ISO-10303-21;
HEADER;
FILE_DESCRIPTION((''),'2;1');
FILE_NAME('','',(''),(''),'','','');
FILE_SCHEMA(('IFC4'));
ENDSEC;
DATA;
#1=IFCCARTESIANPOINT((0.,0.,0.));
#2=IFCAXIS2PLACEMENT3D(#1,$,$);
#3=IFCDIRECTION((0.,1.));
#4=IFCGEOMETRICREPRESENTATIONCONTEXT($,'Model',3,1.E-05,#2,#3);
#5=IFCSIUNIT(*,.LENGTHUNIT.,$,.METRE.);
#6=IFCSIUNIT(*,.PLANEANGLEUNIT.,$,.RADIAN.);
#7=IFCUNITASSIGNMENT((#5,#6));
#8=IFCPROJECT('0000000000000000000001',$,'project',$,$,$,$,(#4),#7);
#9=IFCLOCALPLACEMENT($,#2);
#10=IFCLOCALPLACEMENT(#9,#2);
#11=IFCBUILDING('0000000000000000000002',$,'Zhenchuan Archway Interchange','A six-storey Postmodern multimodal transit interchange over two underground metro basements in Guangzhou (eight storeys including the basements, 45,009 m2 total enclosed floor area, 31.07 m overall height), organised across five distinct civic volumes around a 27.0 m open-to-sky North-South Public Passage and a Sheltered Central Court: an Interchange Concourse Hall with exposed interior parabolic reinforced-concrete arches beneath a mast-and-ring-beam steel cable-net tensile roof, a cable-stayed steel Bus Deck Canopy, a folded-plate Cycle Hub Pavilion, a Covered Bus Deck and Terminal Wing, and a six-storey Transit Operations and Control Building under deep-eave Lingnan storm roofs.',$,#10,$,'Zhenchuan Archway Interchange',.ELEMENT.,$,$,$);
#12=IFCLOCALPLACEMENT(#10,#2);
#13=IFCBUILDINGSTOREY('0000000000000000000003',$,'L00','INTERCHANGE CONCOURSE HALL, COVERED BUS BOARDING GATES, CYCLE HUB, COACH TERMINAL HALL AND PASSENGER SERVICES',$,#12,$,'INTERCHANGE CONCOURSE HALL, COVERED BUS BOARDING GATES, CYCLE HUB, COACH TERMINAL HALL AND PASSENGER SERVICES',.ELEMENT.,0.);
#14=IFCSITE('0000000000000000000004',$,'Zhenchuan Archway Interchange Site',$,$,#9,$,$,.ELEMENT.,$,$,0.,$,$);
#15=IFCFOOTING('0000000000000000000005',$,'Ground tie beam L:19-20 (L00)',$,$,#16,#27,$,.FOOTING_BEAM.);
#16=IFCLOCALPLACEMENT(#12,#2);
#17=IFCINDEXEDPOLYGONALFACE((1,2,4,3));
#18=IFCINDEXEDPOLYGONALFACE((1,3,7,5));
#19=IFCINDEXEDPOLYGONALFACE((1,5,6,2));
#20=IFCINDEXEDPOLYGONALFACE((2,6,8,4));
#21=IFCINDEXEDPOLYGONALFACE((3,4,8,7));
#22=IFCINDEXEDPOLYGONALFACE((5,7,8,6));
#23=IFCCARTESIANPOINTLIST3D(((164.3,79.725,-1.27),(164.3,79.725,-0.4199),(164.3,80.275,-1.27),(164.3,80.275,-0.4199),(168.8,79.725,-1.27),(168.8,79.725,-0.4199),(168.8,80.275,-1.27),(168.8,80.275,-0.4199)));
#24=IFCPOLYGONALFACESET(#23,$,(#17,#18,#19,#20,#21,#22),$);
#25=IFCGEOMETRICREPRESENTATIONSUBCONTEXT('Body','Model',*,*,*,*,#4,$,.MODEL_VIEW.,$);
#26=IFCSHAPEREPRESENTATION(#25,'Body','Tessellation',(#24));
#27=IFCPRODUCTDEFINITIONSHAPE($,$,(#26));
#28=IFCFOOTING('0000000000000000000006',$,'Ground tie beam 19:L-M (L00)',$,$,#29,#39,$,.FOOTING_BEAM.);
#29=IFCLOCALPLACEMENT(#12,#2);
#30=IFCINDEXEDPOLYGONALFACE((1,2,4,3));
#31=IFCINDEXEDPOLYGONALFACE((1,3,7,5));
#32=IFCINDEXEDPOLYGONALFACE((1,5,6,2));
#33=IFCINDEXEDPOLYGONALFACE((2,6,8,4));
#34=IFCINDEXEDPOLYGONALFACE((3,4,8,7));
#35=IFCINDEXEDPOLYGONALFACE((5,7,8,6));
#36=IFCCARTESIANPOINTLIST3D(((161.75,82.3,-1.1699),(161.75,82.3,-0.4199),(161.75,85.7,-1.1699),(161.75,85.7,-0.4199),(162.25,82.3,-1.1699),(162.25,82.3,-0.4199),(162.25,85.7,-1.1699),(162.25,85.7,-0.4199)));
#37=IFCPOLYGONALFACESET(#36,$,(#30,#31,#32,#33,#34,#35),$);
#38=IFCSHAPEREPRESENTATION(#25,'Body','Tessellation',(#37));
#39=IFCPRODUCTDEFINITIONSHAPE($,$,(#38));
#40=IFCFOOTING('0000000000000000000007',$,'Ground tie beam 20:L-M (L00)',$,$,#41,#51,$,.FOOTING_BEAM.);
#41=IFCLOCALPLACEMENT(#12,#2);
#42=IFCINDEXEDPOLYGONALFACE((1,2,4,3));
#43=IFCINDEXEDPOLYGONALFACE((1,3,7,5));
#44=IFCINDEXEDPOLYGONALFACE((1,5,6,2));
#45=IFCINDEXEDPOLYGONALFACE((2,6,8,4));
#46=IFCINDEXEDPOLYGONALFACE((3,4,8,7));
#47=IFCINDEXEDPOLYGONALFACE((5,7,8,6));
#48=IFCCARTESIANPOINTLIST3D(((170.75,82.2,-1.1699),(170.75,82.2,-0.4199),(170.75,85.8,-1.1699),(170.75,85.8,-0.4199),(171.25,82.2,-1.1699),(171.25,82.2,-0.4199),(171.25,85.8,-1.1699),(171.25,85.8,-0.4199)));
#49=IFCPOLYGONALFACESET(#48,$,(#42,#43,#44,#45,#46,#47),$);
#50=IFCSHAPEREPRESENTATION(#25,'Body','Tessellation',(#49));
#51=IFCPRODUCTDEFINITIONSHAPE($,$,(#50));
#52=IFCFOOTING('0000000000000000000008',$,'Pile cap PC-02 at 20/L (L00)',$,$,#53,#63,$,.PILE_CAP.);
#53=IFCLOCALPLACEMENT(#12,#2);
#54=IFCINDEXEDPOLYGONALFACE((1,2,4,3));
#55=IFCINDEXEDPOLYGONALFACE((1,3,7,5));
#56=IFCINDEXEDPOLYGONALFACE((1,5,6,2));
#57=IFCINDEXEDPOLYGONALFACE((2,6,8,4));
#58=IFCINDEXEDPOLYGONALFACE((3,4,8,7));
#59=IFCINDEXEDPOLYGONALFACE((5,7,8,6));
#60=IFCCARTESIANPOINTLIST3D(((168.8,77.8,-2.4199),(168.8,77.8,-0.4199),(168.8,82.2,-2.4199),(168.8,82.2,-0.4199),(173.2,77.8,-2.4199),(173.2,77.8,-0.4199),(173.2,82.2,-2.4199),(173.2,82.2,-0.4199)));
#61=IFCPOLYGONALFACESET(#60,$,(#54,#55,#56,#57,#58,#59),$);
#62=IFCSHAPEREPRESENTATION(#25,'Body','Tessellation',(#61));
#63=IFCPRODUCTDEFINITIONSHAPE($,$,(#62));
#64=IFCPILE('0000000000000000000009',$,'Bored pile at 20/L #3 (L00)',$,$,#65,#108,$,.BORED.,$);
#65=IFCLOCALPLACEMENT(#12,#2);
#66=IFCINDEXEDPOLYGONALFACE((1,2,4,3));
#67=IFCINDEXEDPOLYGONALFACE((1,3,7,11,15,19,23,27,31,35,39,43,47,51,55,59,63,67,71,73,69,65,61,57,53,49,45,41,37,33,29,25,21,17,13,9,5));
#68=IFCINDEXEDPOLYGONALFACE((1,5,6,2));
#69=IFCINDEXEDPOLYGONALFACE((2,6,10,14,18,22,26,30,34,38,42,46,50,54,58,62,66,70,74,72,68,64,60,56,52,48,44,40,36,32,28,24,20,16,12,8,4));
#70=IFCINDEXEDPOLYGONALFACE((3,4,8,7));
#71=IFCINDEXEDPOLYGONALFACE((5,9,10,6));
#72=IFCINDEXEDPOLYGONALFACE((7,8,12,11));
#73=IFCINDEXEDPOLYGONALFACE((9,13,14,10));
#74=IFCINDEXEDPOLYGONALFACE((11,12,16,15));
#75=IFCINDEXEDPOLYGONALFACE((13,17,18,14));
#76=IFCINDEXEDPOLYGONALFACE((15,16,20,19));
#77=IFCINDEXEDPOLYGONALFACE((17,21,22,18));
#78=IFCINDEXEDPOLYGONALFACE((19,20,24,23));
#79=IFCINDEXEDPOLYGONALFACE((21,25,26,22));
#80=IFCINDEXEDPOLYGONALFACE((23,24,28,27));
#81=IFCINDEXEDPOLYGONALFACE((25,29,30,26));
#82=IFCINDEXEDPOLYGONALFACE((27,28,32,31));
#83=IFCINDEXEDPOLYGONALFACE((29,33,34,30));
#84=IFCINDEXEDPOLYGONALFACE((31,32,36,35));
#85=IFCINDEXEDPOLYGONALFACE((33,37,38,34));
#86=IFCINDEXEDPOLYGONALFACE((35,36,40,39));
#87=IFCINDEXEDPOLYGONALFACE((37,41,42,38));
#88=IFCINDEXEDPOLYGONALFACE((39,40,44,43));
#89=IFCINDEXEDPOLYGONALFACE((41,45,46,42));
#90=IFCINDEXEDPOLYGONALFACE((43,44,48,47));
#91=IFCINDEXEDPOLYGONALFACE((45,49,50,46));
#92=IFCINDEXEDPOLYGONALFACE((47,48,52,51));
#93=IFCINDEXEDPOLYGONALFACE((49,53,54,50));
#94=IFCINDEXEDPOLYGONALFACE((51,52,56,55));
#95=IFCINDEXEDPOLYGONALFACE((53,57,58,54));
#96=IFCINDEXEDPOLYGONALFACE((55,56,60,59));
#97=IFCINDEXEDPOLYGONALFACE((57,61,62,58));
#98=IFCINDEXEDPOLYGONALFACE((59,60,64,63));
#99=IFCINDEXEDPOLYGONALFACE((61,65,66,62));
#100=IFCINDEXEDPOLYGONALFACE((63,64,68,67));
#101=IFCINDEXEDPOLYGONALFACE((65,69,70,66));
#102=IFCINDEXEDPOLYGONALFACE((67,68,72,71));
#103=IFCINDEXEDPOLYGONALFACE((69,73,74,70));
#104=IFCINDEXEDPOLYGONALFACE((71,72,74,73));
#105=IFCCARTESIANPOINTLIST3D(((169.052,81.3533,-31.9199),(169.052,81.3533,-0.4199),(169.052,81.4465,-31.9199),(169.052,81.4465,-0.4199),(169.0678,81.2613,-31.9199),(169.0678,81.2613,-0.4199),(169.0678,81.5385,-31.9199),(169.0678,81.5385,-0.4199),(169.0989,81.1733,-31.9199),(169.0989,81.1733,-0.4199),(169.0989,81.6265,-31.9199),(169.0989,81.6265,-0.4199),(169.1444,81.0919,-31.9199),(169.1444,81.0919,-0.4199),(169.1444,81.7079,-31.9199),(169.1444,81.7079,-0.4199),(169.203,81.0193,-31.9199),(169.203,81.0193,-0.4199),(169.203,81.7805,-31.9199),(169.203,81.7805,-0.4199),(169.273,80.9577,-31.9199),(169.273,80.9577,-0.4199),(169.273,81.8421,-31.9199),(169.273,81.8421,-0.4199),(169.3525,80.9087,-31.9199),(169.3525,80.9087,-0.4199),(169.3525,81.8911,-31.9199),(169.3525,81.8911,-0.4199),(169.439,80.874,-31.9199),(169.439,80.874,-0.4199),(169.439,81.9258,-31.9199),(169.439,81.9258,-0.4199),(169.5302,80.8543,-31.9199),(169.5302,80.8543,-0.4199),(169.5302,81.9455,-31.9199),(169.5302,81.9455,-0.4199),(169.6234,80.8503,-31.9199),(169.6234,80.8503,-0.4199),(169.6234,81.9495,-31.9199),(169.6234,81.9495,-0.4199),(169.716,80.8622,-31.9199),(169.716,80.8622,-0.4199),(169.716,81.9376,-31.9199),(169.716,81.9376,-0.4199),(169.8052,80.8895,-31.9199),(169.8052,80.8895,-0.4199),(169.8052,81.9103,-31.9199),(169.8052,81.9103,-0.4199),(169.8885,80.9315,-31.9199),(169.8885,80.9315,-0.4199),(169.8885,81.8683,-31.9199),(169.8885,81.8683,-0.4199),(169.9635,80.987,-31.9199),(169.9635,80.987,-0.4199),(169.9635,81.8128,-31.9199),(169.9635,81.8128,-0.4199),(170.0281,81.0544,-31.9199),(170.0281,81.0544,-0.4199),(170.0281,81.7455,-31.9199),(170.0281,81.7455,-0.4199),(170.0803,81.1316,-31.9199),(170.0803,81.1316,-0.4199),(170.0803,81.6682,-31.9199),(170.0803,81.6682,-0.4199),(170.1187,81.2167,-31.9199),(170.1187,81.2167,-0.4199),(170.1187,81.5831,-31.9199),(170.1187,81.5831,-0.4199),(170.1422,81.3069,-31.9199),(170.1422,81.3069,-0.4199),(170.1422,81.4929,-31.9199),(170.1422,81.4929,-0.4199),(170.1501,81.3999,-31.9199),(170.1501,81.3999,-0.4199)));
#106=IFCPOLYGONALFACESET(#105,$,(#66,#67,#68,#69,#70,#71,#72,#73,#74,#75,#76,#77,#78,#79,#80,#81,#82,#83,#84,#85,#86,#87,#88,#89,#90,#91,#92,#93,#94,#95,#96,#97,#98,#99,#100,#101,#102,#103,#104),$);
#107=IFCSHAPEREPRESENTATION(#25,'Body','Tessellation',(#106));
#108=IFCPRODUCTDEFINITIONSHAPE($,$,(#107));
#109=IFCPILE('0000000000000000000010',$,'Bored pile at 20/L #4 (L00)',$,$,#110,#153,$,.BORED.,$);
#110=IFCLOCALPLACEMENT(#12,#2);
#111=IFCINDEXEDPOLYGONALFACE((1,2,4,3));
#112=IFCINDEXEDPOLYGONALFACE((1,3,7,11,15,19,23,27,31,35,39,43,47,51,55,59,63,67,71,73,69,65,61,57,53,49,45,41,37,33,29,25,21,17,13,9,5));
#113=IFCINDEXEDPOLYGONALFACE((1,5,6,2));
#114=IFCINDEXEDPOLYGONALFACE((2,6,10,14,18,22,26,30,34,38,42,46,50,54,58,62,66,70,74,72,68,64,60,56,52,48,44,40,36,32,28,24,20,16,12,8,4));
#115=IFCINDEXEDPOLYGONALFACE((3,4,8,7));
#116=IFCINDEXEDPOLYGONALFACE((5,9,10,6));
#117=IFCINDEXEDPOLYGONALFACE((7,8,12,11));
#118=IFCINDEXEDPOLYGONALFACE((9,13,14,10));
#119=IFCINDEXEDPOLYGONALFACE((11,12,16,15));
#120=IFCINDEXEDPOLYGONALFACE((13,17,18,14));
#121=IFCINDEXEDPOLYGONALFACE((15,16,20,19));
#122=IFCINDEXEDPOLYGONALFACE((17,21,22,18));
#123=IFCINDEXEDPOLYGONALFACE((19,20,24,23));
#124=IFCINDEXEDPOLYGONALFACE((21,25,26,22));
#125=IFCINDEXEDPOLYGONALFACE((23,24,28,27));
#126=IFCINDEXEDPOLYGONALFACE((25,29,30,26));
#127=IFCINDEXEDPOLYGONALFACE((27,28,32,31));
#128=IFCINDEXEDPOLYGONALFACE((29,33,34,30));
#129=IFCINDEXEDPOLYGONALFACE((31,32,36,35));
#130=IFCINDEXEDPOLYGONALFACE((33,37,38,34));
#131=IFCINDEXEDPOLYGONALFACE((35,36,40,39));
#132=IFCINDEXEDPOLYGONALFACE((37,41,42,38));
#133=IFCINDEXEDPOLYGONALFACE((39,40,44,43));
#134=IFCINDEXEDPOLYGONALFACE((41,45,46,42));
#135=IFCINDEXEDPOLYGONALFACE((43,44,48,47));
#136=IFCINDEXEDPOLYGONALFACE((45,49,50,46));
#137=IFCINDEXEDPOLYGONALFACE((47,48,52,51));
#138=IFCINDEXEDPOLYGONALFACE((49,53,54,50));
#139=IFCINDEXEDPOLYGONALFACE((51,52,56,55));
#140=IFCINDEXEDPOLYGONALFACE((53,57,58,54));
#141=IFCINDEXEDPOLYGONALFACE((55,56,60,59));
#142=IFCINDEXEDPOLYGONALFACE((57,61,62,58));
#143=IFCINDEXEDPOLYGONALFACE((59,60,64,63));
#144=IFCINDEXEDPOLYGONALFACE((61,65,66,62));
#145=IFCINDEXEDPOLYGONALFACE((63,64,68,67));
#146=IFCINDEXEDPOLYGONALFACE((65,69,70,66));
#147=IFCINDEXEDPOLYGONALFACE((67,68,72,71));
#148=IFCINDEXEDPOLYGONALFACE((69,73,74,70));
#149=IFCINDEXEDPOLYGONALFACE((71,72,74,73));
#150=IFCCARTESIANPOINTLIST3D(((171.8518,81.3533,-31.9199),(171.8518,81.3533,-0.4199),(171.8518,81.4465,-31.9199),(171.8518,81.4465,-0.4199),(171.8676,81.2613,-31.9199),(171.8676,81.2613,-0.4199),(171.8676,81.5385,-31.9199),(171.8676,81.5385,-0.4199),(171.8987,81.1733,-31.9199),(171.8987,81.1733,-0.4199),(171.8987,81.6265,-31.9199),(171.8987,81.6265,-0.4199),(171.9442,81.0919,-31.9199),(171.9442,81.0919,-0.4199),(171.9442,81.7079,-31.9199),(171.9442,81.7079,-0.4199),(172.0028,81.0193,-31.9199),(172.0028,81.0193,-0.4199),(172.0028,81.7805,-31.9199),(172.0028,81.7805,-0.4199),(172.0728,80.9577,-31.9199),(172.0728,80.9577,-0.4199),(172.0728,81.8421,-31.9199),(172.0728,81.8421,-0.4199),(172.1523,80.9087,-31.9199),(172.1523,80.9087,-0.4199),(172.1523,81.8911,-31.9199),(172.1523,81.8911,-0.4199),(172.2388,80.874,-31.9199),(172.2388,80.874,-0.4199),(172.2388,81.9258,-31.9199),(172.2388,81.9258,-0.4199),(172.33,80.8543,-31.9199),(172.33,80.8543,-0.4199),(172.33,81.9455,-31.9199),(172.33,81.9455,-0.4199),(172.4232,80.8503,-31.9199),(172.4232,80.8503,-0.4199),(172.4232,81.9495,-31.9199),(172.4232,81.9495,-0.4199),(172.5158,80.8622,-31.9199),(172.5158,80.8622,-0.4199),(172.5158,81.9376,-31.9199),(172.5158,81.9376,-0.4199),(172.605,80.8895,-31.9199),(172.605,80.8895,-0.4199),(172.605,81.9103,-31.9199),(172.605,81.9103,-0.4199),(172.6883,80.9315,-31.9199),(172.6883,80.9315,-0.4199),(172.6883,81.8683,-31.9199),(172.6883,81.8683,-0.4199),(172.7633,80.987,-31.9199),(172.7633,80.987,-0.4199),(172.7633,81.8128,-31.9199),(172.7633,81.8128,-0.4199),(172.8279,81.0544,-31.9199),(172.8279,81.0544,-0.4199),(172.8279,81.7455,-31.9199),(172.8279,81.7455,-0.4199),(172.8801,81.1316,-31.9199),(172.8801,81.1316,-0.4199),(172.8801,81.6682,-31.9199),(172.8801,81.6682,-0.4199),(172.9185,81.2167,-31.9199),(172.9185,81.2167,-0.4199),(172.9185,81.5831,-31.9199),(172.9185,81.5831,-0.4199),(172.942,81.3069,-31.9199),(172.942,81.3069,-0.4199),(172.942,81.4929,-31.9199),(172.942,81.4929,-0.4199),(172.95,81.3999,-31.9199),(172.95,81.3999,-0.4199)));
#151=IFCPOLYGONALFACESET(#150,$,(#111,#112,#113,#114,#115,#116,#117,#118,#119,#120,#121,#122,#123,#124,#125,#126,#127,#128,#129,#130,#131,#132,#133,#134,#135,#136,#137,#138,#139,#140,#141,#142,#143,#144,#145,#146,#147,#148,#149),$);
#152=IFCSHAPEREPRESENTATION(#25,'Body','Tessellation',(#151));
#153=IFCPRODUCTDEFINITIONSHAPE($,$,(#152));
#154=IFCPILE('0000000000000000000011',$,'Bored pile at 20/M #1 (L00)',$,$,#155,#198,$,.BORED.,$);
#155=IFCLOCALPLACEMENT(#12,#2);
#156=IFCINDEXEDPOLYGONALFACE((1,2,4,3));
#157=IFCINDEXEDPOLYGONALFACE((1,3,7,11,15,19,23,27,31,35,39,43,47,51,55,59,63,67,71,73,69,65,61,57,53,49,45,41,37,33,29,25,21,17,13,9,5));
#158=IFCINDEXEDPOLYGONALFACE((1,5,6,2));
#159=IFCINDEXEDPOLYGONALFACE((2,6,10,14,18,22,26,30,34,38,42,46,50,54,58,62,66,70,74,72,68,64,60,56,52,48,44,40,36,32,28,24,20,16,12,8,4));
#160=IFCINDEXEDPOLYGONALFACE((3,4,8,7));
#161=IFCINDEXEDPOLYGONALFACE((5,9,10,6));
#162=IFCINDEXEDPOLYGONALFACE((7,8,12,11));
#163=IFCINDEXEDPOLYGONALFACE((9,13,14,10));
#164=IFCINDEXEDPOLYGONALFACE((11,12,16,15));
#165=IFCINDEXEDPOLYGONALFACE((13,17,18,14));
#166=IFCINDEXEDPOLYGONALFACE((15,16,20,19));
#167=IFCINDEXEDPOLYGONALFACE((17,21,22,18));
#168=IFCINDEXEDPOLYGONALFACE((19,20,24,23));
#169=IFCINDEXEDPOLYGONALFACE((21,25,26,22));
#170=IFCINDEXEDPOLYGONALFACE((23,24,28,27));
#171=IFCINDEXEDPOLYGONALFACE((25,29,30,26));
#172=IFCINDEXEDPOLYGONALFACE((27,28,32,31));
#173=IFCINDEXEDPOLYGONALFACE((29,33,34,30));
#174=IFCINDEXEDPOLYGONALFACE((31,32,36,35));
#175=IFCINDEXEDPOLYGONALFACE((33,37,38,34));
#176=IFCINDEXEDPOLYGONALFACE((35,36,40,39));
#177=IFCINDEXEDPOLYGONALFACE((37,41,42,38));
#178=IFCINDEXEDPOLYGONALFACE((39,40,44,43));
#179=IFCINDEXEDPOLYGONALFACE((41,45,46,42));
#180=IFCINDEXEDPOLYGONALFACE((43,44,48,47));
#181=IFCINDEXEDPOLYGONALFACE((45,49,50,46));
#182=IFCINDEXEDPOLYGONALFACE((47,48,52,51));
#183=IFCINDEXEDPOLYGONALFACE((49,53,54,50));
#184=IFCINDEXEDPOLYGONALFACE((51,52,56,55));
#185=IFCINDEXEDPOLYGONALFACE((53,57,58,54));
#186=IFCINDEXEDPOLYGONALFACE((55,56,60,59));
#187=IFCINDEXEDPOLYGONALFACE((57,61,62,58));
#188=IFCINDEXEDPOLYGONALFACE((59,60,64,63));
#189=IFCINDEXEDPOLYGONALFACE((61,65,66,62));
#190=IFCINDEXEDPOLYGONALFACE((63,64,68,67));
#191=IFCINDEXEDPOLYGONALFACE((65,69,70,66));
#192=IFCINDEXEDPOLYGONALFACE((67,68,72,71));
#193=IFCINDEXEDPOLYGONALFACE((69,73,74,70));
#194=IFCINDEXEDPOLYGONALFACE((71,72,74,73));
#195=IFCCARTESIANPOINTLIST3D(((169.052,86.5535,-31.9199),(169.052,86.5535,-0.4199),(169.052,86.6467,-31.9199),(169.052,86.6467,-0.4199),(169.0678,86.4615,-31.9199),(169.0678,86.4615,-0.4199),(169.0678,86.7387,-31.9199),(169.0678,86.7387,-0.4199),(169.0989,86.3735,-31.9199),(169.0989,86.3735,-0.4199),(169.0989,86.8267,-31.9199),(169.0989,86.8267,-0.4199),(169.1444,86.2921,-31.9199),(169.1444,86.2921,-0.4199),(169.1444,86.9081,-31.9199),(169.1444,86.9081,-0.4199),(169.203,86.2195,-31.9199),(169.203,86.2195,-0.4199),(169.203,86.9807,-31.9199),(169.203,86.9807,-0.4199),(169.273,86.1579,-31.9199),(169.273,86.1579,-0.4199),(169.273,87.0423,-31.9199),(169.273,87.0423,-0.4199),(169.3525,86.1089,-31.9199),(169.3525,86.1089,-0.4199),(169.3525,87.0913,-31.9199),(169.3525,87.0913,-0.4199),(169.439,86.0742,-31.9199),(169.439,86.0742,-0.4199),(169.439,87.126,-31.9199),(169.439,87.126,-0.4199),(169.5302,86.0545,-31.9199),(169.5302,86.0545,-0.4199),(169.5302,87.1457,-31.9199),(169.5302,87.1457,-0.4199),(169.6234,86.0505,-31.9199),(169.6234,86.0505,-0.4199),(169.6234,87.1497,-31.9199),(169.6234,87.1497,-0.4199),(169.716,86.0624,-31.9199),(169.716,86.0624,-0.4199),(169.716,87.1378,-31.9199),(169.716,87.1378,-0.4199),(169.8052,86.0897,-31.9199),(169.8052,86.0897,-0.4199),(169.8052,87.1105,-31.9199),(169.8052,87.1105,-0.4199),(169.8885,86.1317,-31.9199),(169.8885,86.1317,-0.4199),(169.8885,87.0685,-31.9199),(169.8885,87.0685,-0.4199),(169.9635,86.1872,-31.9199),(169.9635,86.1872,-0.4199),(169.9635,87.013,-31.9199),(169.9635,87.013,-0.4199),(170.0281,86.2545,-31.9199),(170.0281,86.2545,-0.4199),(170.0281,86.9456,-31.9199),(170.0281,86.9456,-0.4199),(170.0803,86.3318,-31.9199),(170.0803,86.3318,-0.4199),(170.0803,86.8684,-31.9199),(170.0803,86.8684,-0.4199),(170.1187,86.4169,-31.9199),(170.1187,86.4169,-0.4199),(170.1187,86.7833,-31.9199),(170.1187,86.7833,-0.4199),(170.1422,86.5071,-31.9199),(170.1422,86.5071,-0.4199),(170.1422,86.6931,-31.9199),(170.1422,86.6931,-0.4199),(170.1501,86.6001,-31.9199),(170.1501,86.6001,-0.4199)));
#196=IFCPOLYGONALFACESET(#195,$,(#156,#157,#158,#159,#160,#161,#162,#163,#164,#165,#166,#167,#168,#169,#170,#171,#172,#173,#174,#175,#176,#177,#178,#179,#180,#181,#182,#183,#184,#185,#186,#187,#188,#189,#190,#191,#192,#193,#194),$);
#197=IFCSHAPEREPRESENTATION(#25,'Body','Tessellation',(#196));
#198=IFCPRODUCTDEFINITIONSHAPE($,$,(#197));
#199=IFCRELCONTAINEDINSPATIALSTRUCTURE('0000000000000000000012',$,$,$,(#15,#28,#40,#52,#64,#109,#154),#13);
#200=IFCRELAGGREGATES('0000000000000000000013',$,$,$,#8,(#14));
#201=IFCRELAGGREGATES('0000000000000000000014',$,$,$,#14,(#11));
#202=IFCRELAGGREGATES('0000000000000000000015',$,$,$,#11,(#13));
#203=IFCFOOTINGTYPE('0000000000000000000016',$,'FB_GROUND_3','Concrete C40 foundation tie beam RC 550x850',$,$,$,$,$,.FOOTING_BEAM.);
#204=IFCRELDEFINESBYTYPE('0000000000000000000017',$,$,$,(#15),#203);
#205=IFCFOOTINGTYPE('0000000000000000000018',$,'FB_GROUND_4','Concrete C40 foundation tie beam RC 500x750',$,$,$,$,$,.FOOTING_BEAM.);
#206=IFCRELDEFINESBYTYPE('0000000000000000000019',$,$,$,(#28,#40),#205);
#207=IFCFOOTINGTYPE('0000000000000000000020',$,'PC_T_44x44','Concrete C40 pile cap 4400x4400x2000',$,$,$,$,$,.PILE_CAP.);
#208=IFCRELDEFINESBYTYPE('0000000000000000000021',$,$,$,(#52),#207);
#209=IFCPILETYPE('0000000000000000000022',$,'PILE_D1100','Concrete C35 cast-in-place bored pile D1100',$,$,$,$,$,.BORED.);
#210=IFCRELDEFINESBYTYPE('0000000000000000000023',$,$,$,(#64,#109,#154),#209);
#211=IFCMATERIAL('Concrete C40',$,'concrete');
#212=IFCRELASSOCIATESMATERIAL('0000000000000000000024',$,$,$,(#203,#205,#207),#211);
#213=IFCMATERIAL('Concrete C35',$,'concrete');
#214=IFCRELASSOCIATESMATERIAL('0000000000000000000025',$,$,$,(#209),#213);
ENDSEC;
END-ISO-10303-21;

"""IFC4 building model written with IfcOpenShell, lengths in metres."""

from ifc_helpers import new_model, si_unit, direction, frame, origin, origin_2d, place, context, subcontext, project, spatial, rectangle, circle, extrude, material, material_profile, profile_set, type_object, element, save


model = new_model("IFC4")

# Units and contexts
model_context = context("Model", 3, precision=1e-05, world=origin(), true_north=direction((0.0, 1.0)))
body_context = subcontext(model_context, "Body", "Model", "MODEL_VIEW")
ifc_project = project(units=[si_unit("LENGTHUNIT", "METRE"), si_unit("PLANEANGLEUNIT", "RADIAN")], contexts=[model_context])

# Site, building, storey
site_placement = place(None, origin())
site = spatial("IfcSite", under=ifc_project, at=site_placement, Name="Zhenchuan Archway Interchange Site", CompositionType="ELEMENT", RefElevation=0.0)
building_placement = place(site_placement, origin())
building = spatial("IfcBuilding", under=site, at=building_placement, Name="Zhenchuan Archway Interchange", Description="A six-storey Postmodern multimodal transit interchange over two underground metro basements in Guangzhou (eight storeys including the basements, 45,009 m2 total enclosed floor area, 31.07 m overall height), organised across five distinct civic volumes around a 27.0 m open-to-sky North-South Public Passage and a Sheltered Central Court: an Interchange Concourse Hall with exposed interior parabolic reinforced-concrete arches beneath a mast-and-ring-beam steel cable-net tensile roof, a cable-stayed steel Bus Deck Canopy, a folded-plate Cycle Hub Pavilion, a Covered Bus Deck and Terminal Wing, and a six-storey Transit Operations and Control Building under deep-eave Lingnan storm roofs.", LongName="Zhenchuan Archway Interchange", CompositionType="ELEMENT")
storey_placement = place(building_placement, origin())
storey = spatial("IfcBuildingStorey", under=building, at=storey_placement, Name="L00", Description="INTERCHANGE CONCOURSE HALL, COVERED BUS BOARDING GATES, CYCLE HUB, COACH TERMINAL HALL AND PASSENGER SERVICES", LongName="INTERCHANGE CONCOURSE HALL, COVERED BUS BOARDING GATES, CYCLE HUB, COACH TERMINAL HALL AND PASSENGER SERVICES", CompositionType="ELEMENT", Elevation=0.0)

# Footings
ifc_material_1 = material(Name="Concrete C40", Category="concrete")
ifc_material_profile_1 = material_profile(ifc_material_1, rectangle(XDim=0.55, YDim=0.8501, at=origin_2d()), Name="RC 550x850")
ifc_profile_set_1 = profile_set([ifc_material_profile_1], Name="Concrete C40")
footing_type_1 = type_object("IfcFootingType", Name="FB_GROUND_3", Description="Concrete C40 foundation tie beam RC 550x850", PredefinedType="FOOTING_BEAM", material=ifc_profile_set_1)
footing_1_placement = place(storey_placement, frame((164.3, 80.0, -0.845), z_axis=(1.0, 0.0, 0.0), x_axis=(0.0, 1.0, 0.0)))
element("IfcFooting", 1, at=footing_1_placement, inside=storey, type_object=footing_type_1, Name="Ground tie beam L:19-20 (L00)", PredefinedType="FOOTING_BEAM", context=body_context, shape_type="SweptSolid", body=[
    extrude(rectangle(XDim=0.55, YDim=0.8501, at=origin_2d()), origin(), (0.0, 0.0, 1.0), 4.5),
])
ifc_material_profile_2 = material_profile(ifc_material_1, rectangle(XDim=0.5, YDim=0.75, at=origin_2d()), Name="RC 500x750")
ifc_profile_set_2 = profile_set([ifc_material_profile_2], Name="Concrete C40")
footing_type_2 = type_object("IfcFootingType", Name="FB_GROUND_4", Description="Concrete C40 foundation tie beam RC 500x750", PredefinedType="FOOTING_BEAM", material=ifc_profile_set_2)
footing_2_placement = place(storey_placement, frame((162.0, 82.3, -0.7949), z_axis=(0.0, 1.0, 0.0), x_axis=(-1.0, 0.0, 0.0)))
element("IfcFooting", 2, at=footing_2_placement, inside=storey, type_object=footing_type_2, Name="Ground tie beam 19:L-M (L00)", PredefinedType="FOOTING_BEAM", context=body_context, shape_type="SweptSolid", body=[
    extrude(rectangle(XDim=0.5, YDim=0.75, at=origin_2d()), origin(), (0.0, 0.0, 1.0), 3.3999),
])
footing_3_placement = place(storey_placement, frame((171.0, 82.2, -0.7949), z_axis=(0.0, 1.0, 0.0), x_axis=(-1.0, 0.0, 0.0)))
element("IfcFooting", 3, at=footing_3_placement, inside=storey, type_object=footing_type_2, Name="Ground tie beam 20:L-M (L00)", PredefinedType="FOOTING_BEAM", context=body_context, shape_type="SweptSolid", body=[
    extrude(rectangle(XDim=0.5, YDim=0.75, at=origin_2d()), origin(), (0.0, 0.0, 1.0), 3.6001),
])
footing_type_3 = type_object("IfcFootingType", Name="PC_T_44x44", Description="Concrete C40 pile cap 4400x4400x2000", PredefinedType="PILE_CAP", material=ifc_material_1)
footing_4_placement = place(storey_placement, frame((171.0, 80.0, -2.4199), z_axis=(0.0, 0.0, 1.0), x_axis=(1.0, 0.0, 0.0)))
element("IfcFooting", 4, at=footing_4_placement, inside=storey, type_object=footing_type_3, Name="Pile cap PC-02 at 20/L (L00)", PredefinedType="PILE_CAP", context=body_context, shape_type="SweptSolid", body=[
    extrude(rectangle(XDim=4.3999, YDim=4.3999, at=origin_2d()), origin(), (0.0, 0.0, 1.0), 2.0),
])

# Piles
ifc_material_2 = material(Name="Concrete C35", Category="concrete")
ifc_material_profile_3 = material_profile(ifc_material_2, circle(Radius=0.55, at=origin_2d()), Name="BORED PILE 1100")
ifc_profile_set_3 = profile_set([ifc_material_profile_3], Name="Concrete C35")
pile_type_1 = type_object("IfcPileType", Name="PILE_D1100", Description="Concrete C35 cast-in-place bored pile D1100", PredefinedType="BORED", material=ifc_profile_set_3)
for number, where, z_axis, x_axis, name in (
    (5, (169.6001, 81.3999, -0.4199), (0.0, 0.0, -1.0), (1.0, 0.0, 0.0), "Bored pile at 20/L #3 (L00)"),
    (6, (172.3999, 81.3999, -0.4199), (0.0, 0.0, -1.0), (1.0, 0.0, 0.0), "Bored pile at 20/L #4 (L00)"),
    (7, (169.6001, 86.6001, -0.4199), (0.0, 0.0, -1.0), (1.0, 0.0, 0.0), "Bored pile at 20/M #1 (L00)"),
):
    element("IfcPile", number, at=place(storey_placement, frame(where, z_axis=z_axis, x_axis=x_axis)), inside=storey, type_object=pile_type_1, Name=name, PredefinedType="BORED", context=body_context, shape_type="SweptSolid", body=[
        extrude(circle(Radius=0.55, at=origin_2d()), origin(), (0.0, 0.0, 1.0), 31.5),
    ])

save(model, "model.ifc")
